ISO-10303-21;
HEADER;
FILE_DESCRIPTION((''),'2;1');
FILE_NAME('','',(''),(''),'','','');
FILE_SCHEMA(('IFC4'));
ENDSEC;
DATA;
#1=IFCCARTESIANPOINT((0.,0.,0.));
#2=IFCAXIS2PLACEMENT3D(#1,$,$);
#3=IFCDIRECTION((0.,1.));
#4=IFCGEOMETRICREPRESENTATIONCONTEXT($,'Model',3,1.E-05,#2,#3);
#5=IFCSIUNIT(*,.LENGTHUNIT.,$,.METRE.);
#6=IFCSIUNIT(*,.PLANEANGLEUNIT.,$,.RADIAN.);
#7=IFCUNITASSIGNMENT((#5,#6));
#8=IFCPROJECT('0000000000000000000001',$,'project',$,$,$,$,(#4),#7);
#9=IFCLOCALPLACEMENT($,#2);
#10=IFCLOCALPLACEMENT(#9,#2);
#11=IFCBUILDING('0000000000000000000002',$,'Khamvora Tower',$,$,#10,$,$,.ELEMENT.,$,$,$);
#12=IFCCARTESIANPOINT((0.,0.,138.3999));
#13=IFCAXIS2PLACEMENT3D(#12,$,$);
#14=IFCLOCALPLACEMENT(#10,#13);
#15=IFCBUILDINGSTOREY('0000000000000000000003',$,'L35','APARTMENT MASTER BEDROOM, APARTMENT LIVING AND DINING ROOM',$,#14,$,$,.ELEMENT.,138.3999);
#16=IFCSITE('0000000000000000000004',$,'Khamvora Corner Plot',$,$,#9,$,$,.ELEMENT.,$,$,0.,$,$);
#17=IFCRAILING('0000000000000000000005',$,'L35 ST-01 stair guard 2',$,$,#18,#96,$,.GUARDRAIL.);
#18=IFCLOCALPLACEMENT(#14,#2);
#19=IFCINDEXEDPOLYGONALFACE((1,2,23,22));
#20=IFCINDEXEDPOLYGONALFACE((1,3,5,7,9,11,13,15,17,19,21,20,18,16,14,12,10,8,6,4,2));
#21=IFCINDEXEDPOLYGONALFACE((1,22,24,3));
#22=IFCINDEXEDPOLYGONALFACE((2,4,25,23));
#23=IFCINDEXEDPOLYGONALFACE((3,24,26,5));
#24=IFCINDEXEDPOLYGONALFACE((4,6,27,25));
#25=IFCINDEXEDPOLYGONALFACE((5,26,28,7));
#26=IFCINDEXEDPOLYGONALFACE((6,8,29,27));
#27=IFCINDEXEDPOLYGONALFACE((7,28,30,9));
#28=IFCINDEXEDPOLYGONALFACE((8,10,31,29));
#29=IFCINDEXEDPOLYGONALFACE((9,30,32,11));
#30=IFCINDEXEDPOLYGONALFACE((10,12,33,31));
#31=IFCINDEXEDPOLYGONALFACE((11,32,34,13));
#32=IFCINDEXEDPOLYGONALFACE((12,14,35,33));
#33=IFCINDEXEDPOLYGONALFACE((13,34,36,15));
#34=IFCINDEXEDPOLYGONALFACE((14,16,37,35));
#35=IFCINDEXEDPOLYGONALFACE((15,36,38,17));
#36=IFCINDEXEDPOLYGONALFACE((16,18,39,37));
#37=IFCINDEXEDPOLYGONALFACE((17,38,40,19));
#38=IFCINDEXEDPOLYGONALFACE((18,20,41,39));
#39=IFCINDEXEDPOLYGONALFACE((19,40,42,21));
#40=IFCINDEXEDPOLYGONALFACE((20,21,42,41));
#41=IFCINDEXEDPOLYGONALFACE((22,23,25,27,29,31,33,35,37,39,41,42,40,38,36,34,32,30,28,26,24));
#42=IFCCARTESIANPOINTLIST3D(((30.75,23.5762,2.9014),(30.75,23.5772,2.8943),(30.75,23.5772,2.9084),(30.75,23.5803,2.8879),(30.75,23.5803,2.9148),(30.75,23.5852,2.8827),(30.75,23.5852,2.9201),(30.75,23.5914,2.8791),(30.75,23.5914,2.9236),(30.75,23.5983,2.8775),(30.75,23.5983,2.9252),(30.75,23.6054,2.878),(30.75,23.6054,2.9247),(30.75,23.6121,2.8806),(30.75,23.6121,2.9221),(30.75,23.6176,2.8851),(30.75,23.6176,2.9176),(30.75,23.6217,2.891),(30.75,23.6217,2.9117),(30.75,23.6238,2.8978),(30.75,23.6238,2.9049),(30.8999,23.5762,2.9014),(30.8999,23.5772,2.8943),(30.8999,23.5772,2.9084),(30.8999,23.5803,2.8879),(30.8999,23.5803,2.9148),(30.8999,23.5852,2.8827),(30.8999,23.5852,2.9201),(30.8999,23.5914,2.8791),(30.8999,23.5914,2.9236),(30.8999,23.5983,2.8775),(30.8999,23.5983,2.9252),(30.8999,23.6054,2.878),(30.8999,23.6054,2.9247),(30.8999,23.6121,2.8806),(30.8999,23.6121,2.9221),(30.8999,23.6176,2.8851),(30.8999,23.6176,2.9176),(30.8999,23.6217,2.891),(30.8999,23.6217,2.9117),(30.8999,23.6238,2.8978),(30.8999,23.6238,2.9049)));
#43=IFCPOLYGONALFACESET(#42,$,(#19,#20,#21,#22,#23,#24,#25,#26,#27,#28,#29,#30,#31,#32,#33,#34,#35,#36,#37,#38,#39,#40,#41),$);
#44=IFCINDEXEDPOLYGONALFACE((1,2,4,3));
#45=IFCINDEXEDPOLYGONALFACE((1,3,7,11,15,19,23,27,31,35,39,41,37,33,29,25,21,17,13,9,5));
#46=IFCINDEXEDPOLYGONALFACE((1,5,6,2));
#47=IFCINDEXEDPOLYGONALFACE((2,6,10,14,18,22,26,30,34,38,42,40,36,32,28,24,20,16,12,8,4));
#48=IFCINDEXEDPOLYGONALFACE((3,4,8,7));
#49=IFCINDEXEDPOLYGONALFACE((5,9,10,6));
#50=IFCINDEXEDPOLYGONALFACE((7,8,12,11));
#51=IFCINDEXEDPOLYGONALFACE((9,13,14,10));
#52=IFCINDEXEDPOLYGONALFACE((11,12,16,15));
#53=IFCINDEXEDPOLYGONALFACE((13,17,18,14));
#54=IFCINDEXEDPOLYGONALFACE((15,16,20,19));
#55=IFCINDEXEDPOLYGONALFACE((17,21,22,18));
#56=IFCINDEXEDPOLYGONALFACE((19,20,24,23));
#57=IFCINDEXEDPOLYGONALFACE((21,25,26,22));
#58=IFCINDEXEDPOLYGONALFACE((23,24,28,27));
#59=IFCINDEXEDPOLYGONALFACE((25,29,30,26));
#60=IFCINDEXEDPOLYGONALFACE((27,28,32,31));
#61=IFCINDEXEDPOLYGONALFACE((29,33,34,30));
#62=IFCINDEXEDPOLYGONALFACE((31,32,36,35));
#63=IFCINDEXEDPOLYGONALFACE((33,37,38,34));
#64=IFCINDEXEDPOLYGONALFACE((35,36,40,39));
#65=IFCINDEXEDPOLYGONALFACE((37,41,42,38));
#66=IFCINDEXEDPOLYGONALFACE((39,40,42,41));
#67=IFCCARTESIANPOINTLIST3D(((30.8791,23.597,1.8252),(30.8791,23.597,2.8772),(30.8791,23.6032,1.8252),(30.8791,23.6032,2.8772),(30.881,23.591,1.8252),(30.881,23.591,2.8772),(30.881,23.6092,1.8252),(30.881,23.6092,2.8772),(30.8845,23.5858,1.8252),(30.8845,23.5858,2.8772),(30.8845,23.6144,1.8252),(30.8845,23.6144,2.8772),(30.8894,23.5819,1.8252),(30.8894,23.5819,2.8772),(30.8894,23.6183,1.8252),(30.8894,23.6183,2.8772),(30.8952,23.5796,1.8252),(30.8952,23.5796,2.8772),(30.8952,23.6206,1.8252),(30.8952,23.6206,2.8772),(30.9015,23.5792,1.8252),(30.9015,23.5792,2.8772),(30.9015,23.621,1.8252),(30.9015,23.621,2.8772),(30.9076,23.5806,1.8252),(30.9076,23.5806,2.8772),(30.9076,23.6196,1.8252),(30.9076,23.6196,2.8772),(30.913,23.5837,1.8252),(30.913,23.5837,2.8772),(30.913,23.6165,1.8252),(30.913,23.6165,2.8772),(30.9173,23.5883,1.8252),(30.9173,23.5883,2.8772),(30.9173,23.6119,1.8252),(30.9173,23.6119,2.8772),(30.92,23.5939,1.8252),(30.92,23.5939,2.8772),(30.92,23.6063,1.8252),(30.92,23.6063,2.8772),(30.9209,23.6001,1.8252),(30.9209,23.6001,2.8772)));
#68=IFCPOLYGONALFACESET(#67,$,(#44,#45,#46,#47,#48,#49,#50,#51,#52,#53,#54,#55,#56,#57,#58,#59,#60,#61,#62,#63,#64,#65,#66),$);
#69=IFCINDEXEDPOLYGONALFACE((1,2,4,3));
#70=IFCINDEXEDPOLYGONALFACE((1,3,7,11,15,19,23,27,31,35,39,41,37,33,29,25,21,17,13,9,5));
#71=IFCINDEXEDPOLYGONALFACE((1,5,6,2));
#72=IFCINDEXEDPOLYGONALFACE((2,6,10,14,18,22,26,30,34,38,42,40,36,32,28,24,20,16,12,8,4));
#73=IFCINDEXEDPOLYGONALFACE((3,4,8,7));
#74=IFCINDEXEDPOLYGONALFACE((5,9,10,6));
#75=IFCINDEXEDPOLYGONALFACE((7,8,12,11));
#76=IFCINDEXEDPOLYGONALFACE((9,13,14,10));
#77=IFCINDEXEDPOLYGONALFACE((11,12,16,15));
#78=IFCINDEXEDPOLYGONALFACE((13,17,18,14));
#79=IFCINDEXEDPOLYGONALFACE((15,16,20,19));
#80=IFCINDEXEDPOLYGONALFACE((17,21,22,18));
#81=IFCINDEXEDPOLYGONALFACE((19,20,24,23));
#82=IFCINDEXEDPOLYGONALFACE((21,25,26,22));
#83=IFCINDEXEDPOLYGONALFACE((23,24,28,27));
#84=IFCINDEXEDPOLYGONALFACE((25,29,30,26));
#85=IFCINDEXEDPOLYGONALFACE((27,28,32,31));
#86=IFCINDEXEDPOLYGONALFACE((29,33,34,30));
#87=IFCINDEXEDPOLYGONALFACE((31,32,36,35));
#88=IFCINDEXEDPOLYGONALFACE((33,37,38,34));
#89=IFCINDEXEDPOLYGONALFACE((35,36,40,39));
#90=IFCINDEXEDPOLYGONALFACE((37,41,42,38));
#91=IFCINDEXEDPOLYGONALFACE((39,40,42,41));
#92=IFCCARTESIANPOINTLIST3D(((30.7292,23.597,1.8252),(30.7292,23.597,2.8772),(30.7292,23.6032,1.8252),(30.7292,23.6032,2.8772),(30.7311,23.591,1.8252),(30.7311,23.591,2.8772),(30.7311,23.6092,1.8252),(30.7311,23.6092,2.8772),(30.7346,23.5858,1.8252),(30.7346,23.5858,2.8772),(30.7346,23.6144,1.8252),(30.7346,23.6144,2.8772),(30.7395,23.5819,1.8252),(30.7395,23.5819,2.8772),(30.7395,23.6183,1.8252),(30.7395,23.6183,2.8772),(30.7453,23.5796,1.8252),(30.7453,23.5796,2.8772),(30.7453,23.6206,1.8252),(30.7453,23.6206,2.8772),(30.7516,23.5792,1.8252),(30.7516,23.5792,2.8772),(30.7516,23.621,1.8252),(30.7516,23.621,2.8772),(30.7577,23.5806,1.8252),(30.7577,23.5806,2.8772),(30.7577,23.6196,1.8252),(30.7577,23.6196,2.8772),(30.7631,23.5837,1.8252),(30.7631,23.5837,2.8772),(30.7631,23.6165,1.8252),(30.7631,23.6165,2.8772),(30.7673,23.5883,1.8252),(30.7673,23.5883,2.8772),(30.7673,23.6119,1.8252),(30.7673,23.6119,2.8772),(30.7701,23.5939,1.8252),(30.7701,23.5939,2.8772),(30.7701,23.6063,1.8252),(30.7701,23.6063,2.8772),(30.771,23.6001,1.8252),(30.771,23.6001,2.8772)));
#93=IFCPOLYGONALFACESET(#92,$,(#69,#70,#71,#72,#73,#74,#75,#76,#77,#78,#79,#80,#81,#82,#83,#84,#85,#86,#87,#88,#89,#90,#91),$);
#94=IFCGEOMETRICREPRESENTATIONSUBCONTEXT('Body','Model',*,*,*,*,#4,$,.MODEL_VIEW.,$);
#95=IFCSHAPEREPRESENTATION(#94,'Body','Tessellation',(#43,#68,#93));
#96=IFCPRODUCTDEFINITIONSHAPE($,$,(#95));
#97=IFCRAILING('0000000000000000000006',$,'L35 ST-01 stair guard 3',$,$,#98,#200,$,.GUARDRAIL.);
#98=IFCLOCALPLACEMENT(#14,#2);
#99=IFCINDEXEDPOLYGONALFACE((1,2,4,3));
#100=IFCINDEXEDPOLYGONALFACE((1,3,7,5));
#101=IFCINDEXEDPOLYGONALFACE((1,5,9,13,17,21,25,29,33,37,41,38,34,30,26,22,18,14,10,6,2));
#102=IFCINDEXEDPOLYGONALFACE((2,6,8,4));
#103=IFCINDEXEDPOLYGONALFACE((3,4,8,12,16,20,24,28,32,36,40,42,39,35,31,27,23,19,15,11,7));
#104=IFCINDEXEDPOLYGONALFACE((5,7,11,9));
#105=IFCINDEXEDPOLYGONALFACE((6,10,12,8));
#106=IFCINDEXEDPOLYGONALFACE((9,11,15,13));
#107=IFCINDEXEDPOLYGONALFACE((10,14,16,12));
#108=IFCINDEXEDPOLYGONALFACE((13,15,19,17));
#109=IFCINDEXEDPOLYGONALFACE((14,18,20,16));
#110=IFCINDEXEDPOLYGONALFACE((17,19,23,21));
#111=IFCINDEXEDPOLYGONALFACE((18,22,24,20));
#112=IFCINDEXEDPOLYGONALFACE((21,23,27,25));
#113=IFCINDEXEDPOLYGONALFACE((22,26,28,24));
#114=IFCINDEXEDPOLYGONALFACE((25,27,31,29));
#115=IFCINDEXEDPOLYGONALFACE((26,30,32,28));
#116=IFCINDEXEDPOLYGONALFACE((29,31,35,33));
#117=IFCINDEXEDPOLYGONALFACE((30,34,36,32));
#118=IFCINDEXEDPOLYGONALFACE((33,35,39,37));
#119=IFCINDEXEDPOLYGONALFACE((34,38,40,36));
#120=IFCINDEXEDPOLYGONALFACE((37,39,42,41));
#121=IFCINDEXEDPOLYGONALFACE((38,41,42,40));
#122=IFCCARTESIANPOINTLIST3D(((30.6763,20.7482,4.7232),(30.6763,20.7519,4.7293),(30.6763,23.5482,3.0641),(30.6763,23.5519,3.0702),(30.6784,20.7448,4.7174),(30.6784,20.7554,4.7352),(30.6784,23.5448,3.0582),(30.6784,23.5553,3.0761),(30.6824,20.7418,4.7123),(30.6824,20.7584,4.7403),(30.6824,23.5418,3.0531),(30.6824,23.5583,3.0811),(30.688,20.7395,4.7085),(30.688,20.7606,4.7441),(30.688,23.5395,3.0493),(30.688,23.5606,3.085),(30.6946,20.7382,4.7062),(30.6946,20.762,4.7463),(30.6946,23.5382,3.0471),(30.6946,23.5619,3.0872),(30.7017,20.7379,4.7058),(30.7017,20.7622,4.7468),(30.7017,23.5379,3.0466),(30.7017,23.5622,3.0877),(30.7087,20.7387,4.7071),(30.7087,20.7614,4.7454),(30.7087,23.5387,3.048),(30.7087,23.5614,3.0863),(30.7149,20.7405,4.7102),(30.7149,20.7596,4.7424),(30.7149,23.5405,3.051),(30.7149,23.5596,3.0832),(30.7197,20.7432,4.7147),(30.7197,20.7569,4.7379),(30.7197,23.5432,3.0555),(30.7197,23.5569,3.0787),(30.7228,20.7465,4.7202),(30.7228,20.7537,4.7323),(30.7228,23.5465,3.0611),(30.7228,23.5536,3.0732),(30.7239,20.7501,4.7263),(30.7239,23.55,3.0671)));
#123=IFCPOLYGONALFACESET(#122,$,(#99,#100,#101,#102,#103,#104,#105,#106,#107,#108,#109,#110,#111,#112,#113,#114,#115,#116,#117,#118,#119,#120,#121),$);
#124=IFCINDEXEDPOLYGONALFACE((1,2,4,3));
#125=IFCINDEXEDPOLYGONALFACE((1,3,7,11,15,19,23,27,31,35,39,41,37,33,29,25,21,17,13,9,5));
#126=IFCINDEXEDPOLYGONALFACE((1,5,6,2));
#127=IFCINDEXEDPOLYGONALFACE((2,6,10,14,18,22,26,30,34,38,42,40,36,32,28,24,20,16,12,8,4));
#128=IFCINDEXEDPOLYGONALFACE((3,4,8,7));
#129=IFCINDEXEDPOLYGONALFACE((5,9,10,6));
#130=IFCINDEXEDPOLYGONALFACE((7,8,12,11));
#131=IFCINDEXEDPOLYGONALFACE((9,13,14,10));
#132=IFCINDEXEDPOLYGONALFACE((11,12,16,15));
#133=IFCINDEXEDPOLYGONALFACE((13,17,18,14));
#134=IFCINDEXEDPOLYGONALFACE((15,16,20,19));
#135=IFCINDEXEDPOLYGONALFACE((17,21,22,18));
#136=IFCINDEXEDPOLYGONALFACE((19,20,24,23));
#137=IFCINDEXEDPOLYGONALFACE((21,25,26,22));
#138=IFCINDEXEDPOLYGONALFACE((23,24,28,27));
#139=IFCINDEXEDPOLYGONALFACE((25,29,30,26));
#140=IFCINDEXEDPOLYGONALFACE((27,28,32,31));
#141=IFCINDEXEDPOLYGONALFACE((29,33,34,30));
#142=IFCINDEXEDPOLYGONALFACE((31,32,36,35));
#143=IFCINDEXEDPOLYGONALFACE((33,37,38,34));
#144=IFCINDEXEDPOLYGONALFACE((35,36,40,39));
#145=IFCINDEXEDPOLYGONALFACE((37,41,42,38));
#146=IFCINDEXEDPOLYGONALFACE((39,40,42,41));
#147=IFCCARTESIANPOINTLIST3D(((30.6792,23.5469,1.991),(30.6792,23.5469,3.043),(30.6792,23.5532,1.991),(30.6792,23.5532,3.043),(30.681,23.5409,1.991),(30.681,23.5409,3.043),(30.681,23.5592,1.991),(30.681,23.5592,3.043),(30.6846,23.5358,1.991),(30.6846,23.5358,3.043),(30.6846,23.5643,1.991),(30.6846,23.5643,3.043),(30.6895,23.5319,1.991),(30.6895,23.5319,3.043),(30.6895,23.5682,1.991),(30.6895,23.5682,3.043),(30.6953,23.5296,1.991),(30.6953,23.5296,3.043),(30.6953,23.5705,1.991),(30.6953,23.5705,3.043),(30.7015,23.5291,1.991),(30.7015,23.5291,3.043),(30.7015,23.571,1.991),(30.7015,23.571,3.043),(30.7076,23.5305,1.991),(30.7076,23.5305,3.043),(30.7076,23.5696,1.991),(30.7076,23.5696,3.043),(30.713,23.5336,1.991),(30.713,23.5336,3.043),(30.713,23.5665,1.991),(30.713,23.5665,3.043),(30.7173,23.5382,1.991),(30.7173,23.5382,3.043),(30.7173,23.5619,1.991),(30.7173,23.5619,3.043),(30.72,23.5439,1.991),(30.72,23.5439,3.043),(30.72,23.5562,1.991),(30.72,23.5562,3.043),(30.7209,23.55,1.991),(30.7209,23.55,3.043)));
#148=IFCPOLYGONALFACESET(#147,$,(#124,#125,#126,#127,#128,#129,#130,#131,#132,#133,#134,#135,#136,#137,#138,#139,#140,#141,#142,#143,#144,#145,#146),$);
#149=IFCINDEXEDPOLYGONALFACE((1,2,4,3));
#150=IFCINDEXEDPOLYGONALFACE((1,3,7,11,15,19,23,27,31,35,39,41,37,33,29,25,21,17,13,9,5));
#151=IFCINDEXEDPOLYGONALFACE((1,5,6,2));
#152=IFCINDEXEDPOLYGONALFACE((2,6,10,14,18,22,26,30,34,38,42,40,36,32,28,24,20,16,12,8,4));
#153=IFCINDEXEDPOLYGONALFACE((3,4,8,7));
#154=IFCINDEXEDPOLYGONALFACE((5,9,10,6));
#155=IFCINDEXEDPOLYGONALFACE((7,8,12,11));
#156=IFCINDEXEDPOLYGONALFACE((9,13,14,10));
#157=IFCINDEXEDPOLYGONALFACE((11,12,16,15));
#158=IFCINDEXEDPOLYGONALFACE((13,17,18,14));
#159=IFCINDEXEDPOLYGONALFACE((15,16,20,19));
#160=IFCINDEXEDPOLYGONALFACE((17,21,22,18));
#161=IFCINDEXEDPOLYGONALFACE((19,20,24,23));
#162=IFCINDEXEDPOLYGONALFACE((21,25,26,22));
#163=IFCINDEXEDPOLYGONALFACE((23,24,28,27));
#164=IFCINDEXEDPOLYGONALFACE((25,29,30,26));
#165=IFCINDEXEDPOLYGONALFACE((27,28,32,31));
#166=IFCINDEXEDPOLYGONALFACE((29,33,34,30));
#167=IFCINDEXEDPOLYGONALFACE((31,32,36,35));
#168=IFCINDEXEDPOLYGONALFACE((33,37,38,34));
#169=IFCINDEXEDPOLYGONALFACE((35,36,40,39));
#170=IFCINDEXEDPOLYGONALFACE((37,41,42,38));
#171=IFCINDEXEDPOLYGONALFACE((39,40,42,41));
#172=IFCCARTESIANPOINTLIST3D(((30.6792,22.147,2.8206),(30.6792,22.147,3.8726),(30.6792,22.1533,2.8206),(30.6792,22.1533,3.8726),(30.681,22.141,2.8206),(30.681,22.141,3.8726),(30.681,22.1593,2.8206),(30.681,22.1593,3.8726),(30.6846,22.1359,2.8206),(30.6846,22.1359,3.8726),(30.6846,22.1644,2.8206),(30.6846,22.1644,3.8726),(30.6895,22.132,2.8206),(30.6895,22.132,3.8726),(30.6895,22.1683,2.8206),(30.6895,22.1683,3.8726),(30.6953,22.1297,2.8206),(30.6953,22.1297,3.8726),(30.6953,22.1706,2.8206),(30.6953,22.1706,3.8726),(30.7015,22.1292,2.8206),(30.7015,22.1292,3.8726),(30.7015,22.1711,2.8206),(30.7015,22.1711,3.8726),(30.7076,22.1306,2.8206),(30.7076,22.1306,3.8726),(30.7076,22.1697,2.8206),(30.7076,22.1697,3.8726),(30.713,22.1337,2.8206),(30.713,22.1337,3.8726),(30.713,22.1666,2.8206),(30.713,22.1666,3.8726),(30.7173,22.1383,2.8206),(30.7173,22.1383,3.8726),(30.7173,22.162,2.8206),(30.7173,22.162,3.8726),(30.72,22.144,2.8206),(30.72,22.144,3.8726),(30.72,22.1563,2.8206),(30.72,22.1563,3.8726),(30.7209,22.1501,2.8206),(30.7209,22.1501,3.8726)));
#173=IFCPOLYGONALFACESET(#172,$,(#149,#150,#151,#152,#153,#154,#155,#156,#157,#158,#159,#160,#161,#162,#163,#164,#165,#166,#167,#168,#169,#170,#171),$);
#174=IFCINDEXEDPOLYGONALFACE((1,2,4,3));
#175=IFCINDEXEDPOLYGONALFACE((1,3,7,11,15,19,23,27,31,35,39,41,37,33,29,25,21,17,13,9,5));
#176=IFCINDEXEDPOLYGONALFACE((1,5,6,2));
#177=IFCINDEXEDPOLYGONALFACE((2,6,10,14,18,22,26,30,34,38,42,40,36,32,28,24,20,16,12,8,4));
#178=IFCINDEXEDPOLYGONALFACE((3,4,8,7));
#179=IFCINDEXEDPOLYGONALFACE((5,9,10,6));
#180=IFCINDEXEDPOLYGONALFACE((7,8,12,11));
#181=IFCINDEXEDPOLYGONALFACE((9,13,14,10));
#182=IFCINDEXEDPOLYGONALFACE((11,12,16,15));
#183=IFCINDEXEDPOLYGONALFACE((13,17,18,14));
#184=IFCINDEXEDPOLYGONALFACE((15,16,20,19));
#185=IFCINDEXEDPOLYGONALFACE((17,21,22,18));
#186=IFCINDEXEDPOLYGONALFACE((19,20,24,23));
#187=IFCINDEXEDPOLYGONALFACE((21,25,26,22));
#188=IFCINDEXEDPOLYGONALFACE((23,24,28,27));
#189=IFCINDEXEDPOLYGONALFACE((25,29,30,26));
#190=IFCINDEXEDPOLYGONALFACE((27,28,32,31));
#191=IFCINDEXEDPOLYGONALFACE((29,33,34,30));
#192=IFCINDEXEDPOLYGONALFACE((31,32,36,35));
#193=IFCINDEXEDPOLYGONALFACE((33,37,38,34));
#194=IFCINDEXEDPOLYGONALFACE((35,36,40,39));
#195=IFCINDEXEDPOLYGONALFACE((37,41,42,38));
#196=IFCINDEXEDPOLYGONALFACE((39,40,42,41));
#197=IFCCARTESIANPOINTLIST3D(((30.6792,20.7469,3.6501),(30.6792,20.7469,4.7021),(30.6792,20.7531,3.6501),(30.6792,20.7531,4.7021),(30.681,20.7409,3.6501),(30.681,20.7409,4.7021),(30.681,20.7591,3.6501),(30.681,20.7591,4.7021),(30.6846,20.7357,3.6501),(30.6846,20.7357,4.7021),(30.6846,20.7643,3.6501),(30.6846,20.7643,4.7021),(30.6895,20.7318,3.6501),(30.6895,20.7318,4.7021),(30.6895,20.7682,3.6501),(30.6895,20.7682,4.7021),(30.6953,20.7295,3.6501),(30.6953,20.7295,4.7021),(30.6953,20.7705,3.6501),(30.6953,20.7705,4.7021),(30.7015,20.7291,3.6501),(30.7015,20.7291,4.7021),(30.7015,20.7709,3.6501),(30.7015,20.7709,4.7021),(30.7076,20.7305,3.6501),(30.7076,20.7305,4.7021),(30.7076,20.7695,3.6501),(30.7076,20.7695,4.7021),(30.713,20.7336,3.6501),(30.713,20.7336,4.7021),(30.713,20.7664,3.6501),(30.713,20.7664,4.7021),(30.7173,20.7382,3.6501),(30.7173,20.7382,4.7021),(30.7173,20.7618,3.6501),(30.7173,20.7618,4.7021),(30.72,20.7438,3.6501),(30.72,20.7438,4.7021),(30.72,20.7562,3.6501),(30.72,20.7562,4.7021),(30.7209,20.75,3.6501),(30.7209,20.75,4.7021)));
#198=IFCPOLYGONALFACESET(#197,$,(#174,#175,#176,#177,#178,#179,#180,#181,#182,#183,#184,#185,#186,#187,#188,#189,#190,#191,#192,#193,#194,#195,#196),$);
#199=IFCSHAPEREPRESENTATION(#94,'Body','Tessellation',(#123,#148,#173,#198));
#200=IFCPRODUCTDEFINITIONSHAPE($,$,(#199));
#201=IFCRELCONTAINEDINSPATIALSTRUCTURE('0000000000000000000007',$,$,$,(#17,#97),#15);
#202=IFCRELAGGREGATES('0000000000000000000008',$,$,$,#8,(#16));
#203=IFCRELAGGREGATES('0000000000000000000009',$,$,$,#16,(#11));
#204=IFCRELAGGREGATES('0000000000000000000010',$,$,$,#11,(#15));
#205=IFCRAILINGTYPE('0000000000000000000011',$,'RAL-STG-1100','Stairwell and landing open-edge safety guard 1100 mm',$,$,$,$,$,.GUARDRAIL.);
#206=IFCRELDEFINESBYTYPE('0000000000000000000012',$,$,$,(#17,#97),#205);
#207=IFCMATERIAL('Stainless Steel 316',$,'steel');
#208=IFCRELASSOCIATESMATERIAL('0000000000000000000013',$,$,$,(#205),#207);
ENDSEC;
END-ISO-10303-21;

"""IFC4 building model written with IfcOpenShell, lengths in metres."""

from ifc_helpers import new_model, si_unit, direction, frame, origin, origin_2d, place, context, subcontext, project, spatial, circle, extrude, material, type_object, element, save


model = new_model("IFC4")

# Units and contexts
model_context = context("Model", 3, precision=1e-05, world=origin(), true_north=direction((0.0, 1.0)))
body_context = subcontext(model_context, "Body", "Model", "MODEL_VIEW")
ifc_project = project(units=[si_unit("LENGTHUNIT", "METRE"), si_unit("PLANEANGLEUNIT", "RADIAN")], contexts=[model_context])

# Site, building, storey
site_placement = place(None, origin())
site = spatial("IfcSite", under=ifc_project, at=site_placement, Name="Khamvora Corner Plot", CompositionType="ELEMENT", RefElevation=0.0)
building_placement = place(site_placement, origin())
building = spatial("IfcBuilding", under=site, at=building_placement, Name="Khamvora Tower", CompositionType="ELEMENT")
storey_placement = place(building_placement, frame((0.0, 0.0, 138.3999)))
storey = spatial("IfcBuildingStorey", under=building, at=storey_placement, Name="L35", Description="APARTMENT MASTER BEDROOM, APARTMENT LIVING AND DINING ROOM", CompositionType="ELEMENT", Elevation=138.3999)

# Railings
ifc_material_1 = material(Name="Stainless Steel 316", Category="steel")
railing_type_1 = type_object("IfcRailingType", Name="RAL-STG-1100", Description="Stairwell and landing open-edge safety guard 1100 mm", PredefinedType="GUARDRAIL", material=ifc_material_1)
railing_1_placement = place(storey_placement, frame((30.8999, 23.6001, 1.8252)))
element("IfcRailing", 1, at=railing_1_placement, inside=storey, type_object=railing_type_1, Name="L35 ST-01 stair guard 2", PredefinedType="GUARDRAIL", context=body_context, shape_type="SweptSolid", body=[
    extrude(circle(Radius=0.0239, at=origin_2d()), frame((0.0, 0.0, 1.0762), z_axis=(-1.0, 0.0, 0.0), x_axis=(0.0, -1.0, 0.0)), (0.0, 0.0, 1.0), 0.1499),
    extrude(circle(Radius=0.021, at=origin_2d()), origin(), (0.0, 0.0, 1.0), 1.052),
    extrude(circle(Radius=0.021, at=origin_2d()), frame((-0.1499, 0.0, 0.0)), (0.0, 0.0, 1.0), 1.052),
])
railing_2_placement = place(storey_placement, frame((30.7, 23.55, 1.991)))
element("IfcRailing", 2, at=railing_2_placement, inside=storey, type_object=railing_type_1, Name="L35 ST-01 stair guard 3", PredefinedType="GUARDRAIL", context=body_context, shape_type="SweptSolid", body=[
    extrude(circle(Radius=0.0239, at=origin_2d()), frame((0.0, 0.0, 1.0762), z_axis=(0.0, -0.860306, 0.509778), x_axis=(1.0, 0.0, 0.0)), (0.0, 0.0, 1.0), 3.2546),
    extrude(circle(Radius=0.021, at=origin_2d()), origin(), (0.0, 0.0, 1.0), 1.052),
    extrude(circle(Radius=0.021, at=origin_2d()), frame((0.0, -1.3999, 0.8296)), (0.0, 0.0, 1.0), 1.052),
    extrude(circle(Radius=0.021, at=origin_2d()), frame((0.0, -2.8, 1.6592)), (0.0, 0.0, 1.0), 1.052),
])

save(model, "model.ifc")
